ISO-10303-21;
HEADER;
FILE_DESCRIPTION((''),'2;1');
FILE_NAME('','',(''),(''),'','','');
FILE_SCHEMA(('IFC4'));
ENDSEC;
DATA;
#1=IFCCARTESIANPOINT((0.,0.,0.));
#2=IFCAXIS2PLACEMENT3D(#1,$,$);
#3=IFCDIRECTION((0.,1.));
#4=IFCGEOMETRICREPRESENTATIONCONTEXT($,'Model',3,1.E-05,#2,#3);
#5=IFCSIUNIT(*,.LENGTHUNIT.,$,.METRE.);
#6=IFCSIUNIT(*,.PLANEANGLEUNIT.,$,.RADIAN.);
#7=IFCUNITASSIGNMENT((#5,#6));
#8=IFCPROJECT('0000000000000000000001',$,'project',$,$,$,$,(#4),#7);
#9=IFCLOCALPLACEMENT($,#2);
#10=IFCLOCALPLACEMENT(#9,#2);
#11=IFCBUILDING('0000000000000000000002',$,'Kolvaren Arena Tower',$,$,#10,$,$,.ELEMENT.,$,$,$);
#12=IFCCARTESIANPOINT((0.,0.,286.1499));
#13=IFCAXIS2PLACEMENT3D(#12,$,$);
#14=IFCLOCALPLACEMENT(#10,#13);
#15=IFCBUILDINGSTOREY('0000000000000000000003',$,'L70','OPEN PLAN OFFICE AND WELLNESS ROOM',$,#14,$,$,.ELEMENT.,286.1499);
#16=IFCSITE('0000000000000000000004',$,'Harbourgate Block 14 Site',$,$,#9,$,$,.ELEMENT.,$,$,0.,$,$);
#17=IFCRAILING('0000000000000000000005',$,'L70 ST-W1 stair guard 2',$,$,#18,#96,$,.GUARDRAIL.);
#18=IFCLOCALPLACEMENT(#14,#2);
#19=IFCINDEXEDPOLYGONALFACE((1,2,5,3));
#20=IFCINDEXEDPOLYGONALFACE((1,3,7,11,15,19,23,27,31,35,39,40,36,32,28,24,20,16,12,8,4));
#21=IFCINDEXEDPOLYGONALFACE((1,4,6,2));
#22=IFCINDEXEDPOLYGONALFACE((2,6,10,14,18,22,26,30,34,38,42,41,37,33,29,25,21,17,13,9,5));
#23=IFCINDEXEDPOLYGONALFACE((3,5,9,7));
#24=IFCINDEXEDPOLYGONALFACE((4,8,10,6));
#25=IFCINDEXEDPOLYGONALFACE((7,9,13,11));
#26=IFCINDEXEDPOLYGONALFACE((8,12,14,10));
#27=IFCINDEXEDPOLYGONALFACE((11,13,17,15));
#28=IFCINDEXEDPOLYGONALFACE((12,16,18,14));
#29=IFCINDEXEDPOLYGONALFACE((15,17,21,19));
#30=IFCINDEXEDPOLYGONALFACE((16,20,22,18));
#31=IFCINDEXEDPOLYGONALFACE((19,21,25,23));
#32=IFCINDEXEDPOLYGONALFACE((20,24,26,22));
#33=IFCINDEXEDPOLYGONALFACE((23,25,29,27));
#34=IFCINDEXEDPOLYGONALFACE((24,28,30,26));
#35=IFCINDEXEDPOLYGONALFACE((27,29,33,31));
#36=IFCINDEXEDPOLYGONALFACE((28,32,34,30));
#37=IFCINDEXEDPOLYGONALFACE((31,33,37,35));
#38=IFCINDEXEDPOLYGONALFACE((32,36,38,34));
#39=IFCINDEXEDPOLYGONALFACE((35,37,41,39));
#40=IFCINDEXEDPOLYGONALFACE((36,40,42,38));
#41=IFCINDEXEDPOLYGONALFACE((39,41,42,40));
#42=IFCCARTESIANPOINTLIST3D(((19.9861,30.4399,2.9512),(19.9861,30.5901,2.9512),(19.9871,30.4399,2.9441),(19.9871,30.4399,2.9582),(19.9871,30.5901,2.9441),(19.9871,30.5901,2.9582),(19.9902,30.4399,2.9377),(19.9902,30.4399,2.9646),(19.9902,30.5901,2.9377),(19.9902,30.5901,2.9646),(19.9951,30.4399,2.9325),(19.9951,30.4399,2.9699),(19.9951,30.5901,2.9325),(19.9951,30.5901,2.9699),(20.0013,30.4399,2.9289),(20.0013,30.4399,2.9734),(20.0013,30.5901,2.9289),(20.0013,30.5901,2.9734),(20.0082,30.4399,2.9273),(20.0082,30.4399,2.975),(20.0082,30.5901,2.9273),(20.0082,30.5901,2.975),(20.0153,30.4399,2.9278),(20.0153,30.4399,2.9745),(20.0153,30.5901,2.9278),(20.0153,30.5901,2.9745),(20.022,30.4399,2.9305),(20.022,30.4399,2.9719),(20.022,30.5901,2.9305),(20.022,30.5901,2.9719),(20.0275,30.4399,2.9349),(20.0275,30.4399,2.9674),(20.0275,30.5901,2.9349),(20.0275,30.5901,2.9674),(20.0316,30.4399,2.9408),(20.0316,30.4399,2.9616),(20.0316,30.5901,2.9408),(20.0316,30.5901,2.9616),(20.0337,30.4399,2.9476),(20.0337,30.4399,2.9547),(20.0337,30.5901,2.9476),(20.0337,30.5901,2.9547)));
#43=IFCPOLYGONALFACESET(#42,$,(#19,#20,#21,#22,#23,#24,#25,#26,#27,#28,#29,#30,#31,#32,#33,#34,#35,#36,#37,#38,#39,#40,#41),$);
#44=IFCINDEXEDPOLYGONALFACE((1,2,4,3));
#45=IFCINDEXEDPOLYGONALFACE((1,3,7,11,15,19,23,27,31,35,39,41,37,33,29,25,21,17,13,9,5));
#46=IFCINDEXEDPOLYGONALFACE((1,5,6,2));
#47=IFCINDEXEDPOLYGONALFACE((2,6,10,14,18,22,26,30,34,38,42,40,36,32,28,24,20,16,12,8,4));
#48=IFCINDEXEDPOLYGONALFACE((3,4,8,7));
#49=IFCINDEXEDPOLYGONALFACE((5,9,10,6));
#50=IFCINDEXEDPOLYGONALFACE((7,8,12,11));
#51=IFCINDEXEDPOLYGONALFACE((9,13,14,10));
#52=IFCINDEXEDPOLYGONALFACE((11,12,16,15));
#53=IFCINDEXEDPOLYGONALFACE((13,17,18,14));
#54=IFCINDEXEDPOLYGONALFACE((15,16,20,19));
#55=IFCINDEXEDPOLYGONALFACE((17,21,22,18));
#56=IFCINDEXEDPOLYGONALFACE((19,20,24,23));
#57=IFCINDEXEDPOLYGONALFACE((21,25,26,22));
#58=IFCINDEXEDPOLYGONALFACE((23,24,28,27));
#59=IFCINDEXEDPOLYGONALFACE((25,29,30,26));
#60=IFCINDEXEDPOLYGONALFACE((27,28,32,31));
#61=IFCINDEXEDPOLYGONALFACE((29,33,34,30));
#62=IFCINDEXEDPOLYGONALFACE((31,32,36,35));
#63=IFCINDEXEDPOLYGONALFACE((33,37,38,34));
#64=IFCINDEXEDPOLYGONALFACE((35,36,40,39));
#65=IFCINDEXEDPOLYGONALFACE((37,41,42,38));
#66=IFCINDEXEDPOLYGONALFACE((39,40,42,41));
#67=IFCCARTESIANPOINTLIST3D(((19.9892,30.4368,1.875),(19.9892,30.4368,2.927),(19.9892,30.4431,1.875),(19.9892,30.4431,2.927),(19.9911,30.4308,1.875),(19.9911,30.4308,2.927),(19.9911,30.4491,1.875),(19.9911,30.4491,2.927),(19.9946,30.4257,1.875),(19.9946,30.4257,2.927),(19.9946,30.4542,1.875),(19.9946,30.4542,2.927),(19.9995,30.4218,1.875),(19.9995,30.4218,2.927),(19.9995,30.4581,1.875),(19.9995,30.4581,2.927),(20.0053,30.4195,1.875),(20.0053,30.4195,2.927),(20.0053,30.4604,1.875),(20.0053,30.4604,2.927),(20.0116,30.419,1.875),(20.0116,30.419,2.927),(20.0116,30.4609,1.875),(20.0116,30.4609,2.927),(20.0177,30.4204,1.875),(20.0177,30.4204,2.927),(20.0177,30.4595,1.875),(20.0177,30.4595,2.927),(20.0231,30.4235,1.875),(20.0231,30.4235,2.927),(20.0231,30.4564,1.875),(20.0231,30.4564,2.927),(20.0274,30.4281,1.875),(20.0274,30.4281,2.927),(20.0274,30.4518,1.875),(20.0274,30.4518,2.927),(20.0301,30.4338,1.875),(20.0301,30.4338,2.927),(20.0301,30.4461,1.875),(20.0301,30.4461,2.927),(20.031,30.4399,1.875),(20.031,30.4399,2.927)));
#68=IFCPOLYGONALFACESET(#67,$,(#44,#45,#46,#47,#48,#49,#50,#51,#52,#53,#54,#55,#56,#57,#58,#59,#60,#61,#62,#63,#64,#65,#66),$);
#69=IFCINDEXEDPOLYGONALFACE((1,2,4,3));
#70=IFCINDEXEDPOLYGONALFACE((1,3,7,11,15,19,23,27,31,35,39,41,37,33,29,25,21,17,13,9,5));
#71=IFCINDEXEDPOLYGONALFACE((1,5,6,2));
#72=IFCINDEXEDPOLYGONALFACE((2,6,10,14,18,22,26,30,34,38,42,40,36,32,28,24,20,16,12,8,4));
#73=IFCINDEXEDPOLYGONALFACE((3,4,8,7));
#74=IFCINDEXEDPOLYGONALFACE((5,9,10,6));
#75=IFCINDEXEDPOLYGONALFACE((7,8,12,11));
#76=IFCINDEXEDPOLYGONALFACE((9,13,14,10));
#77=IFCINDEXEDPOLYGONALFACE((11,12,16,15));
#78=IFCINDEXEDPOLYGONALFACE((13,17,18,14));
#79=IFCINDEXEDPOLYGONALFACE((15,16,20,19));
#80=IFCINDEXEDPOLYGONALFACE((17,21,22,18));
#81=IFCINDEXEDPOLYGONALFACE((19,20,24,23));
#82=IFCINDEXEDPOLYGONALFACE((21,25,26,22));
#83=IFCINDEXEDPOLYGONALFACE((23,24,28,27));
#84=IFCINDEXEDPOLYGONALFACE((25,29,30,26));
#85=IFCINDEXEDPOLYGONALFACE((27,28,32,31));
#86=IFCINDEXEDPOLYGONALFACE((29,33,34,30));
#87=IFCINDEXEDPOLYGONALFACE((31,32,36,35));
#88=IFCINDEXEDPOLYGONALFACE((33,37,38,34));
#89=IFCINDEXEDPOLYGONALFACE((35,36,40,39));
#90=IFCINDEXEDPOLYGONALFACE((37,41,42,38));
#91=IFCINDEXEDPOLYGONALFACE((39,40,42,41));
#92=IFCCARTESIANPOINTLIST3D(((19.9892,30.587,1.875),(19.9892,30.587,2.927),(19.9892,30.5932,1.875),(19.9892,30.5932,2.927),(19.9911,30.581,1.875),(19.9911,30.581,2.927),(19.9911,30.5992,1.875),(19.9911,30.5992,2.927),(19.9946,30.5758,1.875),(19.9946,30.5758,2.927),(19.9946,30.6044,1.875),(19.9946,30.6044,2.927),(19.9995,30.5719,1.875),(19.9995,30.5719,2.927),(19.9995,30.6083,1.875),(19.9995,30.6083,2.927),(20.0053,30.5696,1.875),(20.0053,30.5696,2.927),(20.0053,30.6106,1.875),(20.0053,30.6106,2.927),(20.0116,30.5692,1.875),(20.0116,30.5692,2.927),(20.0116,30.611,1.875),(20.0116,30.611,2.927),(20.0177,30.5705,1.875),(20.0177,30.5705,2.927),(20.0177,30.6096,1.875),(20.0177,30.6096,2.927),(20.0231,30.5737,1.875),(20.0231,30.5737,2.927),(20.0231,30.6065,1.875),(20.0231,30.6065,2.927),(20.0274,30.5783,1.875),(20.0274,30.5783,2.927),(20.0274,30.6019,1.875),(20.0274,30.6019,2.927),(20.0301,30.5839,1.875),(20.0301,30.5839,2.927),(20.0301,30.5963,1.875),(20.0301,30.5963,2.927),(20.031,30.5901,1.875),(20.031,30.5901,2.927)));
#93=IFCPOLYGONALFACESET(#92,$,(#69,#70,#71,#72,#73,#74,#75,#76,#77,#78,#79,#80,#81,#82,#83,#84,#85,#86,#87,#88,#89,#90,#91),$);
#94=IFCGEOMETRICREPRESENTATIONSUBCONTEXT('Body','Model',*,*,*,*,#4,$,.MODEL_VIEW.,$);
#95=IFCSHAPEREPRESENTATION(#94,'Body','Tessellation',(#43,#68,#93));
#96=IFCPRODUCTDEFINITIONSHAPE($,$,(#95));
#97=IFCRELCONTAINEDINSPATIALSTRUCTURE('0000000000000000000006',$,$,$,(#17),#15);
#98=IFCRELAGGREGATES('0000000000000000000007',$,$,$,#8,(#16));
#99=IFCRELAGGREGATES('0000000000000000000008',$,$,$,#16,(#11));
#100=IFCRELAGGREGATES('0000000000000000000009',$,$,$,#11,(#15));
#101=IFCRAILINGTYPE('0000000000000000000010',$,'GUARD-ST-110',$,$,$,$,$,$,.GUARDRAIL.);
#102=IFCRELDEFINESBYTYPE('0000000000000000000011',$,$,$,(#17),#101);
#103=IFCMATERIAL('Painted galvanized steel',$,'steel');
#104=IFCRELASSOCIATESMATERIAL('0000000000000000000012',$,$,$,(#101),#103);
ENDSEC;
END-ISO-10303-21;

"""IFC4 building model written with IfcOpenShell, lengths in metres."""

from ifc_helpers import new_model, si_unit, direction, frame, origin, origin_2d, place, context, subcontext, project, spatial, circle, extrude, material, type_object, element, save


model = new_model("IFC4")

# Units and contexts
model_context = context("Model", 3, precision=1e-05, world=origin(), true_north=direction((0.0, 1.0)))
body_context = subcontext(model_context, "Body", "Model", "MODEL_VIEW")
ifc_project = project(units=[si_unit("LENGTHUNIT", "METRE"), si_unit("PLANEANGLEUNIT", "RADIAN")], contexts=[model_context])

# Site, building, storey
site_placement = place(None, origin())
site = spatial("IfcSite", under=ifc_project, at=site_placement, Name="Harbourgate Block 14 Site", CompositionType="ELEMENT", RefElevation=0.0)
building_placement = place(site_placement, origin())
building = spatial("IfcBuilding", under=site, at=building_placement, Name="Kolvaren Arena Tower", CompositionType="ELEMENT")
storey_placement = place(building_placement, frame((0.0, 0.0, 286.1499)))
storey = spatial("IfcBuildingStorey", under=building, at=storey_placement, Name="L70", Description="OPEN PLAN OFFICE AND WELLNESS ROOM", CompositionType="ELEMENT", Elevation=286.1499)

# Railing
ifc_material_1 = material(Name="Painted galvanized steel", Category="steel")
railing_type_1 = type_object("IfcRailingType", Name="GUARD-ST-110", PredefinedType="GUARDRAIL", material=ifc_material_1)
railing_1_placement = place(storey_placement, frame((20.01, 30.4399, 1.875)))
element("IfcRailing", 1, at=railing_1_placement, inside=storey, type_object=railing_type_1, Name="L70 ST-W1 stair guard 2", PredefinedType="GUARDRAIL", context=body_context, shape_type="SweptSolid", body=[
    extrude(circle(Radius=0.0239, at=origin_2d()), frame((0.0, 0.0, 1.0762), z_axis=(0.0, 1.0, 0.0), x_axis=(-1.0, 0.0, 0.0)), (0.0, 0.0, 1.0), 0.1501),
    extrude(circle(Radius=0.021, at=origin_2d()), origin(), (0.0, 0.0, 1.0), 1.052),
    extrude(circle(Radius=0.021, at=origin_2d()), frame((0.0, 0.1501, 0.0)), (0.0, 0.0, 1.0), 1.052),
])

save(model, "model.ifc")
